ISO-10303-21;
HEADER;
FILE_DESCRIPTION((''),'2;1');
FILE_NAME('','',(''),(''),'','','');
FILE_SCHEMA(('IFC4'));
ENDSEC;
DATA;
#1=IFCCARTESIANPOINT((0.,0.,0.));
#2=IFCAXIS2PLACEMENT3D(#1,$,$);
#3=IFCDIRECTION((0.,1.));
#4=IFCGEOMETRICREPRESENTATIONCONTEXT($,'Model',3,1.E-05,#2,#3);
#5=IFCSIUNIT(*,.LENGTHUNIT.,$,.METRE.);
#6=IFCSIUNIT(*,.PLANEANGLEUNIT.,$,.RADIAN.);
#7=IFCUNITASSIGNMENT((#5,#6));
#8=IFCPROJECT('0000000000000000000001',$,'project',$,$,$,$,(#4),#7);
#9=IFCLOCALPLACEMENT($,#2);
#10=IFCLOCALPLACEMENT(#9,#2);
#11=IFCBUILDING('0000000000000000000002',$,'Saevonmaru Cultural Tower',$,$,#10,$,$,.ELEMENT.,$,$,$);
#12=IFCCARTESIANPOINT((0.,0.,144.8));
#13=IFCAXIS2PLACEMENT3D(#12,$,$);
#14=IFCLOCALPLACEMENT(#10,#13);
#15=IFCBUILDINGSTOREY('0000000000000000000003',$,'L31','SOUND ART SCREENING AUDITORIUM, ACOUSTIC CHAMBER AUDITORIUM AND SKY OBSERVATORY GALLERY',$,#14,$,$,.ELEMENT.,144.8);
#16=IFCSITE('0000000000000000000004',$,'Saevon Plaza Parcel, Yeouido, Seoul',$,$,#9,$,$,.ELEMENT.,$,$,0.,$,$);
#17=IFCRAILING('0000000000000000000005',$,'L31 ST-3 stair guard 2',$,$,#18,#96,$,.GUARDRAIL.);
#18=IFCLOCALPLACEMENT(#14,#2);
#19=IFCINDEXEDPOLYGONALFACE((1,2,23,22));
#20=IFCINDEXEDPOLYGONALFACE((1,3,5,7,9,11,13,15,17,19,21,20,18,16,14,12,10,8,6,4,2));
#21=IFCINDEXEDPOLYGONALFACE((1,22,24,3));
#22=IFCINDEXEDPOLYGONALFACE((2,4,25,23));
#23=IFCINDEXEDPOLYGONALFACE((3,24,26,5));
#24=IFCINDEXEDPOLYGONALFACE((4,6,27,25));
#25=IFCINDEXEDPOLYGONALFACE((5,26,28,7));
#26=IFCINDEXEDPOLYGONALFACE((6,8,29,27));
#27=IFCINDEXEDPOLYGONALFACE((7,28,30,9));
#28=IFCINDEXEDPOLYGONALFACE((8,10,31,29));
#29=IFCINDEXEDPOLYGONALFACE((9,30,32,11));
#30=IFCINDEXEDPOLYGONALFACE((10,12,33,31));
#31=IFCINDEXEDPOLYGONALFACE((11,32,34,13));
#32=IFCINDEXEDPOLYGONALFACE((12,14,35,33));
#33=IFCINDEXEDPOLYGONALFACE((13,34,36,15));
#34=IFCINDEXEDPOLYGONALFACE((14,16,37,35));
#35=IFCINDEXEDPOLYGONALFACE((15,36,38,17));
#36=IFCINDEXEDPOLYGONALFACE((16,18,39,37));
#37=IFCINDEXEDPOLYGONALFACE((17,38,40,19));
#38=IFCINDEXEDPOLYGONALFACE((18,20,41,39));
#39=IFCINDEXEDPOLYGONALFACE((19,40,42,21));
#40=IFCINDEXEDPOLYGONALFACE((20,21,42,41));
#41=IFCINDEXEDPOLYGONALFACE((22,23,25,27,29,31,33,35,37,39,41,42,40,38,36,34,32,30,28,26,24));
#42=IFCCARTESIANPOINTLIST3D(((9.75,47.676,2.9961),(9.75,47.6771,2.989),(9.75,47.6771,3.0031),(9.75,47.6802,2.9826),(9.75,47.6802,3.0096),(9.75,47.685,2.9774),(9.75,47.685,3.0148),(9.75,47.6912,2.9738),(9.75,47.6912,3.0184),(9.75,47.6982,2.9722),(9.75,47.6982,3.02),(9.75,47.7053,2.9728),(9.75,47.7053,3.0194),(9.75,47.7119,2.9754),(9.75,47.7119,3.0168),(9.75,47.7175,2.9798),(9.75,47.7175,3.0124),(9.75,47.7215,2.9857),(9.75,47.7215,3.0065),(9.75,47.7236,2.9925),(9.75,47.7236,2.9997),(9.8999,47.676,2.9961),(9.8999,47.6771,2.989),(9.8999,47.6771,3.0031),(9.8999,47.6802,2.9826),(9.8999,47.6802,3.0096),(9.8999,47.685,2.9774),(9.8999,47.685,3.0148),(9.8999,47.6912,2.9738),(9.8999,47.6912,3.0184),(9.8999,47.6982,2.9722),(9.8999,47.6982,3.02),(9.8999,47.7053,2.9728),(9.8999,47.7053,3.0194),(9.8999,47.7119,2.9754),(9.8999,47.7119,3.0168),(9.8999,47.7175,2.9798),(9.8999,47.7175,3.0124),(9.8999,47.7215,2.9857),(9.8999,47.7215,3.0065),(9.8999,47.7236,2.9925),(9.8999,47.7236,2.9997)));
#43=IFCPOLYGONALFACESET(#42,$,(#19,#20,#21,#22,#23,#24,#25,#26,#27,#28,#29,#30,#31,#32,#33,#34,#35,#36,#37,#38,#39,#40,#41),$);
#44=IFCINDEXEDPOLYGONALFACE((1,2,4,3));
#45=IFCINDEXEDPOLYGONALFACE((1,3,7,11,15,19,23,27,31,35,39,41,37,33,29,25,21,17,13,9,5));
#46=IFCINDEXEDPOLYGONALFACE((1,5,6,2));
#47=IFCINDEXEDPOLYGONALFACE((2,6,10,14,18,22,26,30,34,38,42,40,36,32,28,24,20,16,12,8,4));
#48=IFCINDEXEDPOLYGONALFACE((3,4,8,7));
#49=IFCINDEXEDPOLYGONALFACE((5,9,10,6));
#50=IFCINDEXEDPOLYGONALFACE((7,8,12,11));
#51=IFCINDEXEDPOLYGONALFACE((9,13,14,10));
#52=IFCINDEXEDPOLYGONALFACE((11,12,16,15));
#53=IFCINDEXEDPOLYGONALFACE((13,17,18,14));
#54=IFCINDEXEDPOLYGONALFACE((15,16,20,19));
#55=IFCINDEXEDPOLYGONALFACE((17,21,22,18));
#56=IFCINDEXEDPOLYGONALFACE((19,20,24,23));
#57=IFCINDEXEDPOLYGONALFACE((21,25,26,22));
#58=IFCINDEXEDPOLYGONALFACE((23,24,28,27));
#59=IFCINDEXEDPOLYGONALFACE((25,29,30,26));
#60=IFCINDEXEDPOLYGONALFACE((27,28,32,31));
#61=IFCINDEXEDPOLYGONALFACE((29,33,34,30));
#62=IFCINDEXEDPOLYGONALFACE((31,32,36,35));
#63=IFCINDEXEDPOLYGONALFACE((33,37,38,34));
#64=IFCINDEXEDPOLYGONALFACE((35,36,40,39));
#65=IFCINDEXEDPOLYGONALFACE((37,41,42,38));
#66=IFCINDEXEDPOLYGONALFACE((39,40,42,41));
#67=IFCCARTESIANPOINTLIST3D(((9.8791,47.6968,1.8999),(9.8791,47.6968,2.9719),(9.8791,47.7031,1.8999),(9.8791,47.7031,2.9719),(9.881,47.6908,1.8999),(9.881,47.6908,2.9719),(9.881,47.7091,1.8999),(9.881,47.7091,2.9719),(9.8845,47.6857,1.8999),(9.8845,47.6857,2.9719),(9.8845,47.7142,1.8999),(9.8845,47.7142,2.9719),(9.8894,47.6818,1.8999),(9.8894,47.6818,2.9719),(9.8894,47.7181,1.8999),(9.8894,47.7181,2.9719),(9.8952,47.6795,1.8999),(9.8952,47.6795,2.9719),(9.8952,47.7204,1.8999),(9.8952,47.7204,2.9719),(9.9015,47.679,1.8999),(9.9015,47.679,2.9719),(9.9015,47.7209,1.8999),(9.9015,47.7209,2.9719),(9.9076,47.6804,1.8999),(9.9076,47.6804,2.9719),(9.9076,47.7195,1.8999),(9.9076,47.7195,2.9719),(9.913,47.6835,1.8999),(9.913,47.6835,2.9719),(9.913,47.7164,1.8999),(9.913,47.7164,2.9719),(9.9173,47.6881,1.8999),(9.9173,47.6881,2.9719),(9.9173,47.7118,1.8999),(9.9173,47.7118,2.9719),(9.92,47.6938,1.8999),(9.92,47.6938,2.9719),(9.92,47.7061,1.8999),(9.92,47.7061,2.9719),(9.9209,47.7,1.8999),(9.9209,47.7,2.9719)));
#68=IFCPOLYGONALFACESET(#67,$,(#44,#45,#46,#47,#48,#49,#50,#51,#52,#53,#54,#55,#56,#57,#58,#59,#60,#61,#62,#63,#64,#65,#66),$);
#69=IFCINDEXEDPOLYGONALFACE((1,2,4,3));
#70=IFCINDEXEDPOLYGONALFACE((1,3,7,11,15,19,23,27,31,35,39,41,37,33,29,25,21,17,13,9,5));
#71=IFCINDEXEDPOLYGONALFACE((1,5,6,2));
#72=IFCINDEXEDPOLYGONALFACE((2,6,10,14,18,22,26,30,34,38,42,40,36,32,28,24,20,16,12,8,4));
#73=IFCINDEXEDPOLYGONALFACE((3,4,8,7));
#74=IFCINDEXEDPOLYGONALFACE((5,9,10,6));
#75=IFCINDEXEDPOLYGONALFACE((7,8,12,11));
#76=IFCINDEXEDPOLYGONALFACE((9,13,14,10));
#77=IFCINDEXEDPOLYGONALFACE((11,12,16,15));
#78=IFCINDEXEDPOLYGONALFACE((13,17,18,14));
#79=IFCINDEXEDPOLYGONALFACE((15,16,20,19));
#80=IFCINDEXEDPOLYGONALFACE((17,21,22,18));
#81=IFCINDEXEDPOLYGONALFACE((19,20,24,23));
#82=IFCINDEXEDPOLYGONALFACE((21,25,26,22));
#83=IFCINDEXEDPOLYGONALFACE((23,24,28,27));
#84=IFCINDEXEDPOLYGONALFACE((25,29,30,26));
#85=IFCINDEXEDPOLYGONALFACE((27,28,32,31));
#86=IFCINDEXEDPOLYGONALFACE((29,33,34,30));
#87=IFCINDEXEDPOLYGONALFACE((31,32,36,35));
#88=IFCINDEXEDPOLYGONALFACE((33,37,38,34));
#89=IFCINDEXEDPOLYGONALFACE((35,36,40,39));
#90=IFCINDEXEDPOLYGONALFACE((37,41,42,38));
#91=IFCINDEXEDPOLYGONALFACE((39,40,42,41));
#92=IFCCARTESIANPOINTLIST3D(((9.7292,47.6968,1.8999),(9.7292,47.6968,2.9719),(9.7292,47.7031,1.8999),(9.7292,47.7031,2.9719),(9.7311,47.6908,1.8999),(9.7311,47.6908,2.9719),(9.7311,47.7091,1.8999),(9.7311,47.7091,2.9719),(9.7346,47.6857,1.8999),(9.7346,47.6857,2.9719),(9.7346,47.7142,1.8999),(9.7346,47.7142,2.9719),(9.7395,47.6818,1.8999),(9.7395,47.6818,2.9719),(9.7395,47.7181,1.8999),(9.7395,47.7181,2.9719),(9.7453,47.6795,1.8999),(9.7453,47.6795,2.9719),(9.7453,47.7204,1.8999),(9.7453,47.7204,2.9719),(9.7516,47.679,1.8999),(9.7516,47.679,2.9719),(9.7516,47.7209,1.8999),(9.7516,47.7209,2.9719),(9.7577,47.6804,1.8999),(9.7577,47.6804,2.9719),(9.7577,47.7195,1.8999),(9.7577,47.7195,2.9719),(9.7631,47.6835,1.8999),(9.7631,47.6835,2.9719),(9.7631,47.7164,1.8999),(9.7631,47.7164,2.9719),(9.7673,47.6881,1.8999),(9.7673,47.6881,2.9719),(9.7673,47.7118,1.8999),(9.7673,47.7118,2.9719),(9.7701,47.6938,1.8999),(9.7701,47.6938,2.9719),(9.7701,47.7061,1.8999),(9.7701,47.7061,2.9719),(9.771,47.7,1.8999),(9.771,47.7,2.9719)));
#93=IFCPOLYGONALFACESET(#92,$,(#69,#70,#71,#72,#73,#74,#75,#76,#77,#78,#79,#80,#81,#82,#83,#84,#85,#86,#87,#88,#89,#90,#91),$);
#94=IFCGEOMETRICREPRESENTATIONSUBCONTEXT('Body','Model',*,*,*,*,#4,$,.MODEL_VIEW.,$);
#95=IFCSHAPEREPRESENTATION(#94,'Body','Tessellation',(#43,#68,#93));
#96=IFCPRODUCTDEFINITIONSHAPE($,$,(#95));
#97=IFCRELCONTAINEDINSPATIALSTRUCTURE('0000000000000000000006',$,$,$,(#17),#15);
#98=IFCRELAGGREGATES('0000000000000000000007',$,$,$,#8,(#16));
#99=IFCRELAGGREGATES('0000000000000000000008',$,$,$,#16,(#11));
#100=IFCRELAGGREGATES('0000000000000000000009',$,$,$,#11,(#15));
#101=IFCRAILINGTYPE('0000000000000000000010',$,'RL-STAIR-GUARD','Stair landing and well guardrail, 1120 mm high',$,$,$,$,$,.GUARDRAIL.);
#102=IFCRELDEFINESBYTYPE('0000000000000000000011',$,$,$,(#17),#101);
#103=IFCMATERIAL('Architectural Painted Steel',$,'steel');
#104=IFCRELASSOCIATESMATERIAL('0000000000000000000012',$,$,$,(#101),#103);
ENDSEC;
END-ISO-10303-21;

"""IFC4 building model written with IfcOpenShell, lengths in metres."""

from ifc_helpers import new_model, si_unit, direction, frame, origin, origin_2d, place, context, subcontext, project, spatial, circle, extrude, material, type_object, element, save


model = new_model("IFC4")

# Units and contexts
model_context = context("Model", 3, precision=1e-05, world=origin(), true_north=direction((0.0, 1.0)))
body_context = subcontext(model_context, "Body", "Model", "MODEL_VIEW")
ifc_project = project(units=[si_unit("LENGTHUNIT", "METRE"), si_unit("PLANEANGLEUNIT", "RADIAN")], contexts=[model_context])

# Site, building, storey
site_placement = place(None, origin())
site = spatial("IfcSite", under=ifc_project, at=site_placement, Name="Saevon Plaza Parcel, Yeouido, Seoul", CompositionType="ELEMENT", RefElevation=0.0)
building_placement = place(site_placement, origin())
building = spatial("IfcBuilding", under=site, at=building_placement, Name="Saevonmaru Cultural Tower", CompositionType="ELEMENT")
storey_placement = place(building_placement, frame((0.0, 0.0, 144.8)))
storey = spatial("IfcBuildingStorey", under=building, at=storey_placement, Name="L31", Description="SOUND ART SCREENING AUDITORIUM, ACOUSTIC CHAMBER AUDITORIUM AND SKY OBSERVATORY GALLERY", CompositionType="ELEMENT", Elevation=144.8)

# Railing
ifc_material_1 = material(Name="Architectural Painted Steel", Category="steel")
railing_type_1 = type_object("IfcRailingType", Name="RL-STAIR-GUARD", Description="Stair landing and well guardrail, 1120 mm high", PredefinedType="GUARDRAIL", material=ifc_material_1)
railing_1_placement = place(storey_placement, frame((9.8999, 47.7, 1.8999)))
element("IfcRailing", 1, at=railing_1_placement, inside=storey, type_object=railing_type_1, Name="L31 ST-3 stair guard 2", PredefinedType="GUARDRAIL", context=body_context, shape_type="SweptSolid", body=[
    extrude(circle(Radius=0.0239, at=origin_2d()), frame((0.0, 0.0, 1.0962), z_axis=(-1.0, 0.0, 0.0), x_axis=(0.0, -1.0, 0.0)), (0.0, 0.0, 1.0), 0.1499),
    extrude(circle(Radius=0.021, at=origin_2d()), origin(), (0.0, 0.0, 1.0), 1.072),
    extrude(circle(Radius=0.021, at=origin_2d()), frame((-0.1499, 0.0, 0.0)), (0.0, 0.0, 1.0), 1.072),
])

save(model, "model.ifc")
